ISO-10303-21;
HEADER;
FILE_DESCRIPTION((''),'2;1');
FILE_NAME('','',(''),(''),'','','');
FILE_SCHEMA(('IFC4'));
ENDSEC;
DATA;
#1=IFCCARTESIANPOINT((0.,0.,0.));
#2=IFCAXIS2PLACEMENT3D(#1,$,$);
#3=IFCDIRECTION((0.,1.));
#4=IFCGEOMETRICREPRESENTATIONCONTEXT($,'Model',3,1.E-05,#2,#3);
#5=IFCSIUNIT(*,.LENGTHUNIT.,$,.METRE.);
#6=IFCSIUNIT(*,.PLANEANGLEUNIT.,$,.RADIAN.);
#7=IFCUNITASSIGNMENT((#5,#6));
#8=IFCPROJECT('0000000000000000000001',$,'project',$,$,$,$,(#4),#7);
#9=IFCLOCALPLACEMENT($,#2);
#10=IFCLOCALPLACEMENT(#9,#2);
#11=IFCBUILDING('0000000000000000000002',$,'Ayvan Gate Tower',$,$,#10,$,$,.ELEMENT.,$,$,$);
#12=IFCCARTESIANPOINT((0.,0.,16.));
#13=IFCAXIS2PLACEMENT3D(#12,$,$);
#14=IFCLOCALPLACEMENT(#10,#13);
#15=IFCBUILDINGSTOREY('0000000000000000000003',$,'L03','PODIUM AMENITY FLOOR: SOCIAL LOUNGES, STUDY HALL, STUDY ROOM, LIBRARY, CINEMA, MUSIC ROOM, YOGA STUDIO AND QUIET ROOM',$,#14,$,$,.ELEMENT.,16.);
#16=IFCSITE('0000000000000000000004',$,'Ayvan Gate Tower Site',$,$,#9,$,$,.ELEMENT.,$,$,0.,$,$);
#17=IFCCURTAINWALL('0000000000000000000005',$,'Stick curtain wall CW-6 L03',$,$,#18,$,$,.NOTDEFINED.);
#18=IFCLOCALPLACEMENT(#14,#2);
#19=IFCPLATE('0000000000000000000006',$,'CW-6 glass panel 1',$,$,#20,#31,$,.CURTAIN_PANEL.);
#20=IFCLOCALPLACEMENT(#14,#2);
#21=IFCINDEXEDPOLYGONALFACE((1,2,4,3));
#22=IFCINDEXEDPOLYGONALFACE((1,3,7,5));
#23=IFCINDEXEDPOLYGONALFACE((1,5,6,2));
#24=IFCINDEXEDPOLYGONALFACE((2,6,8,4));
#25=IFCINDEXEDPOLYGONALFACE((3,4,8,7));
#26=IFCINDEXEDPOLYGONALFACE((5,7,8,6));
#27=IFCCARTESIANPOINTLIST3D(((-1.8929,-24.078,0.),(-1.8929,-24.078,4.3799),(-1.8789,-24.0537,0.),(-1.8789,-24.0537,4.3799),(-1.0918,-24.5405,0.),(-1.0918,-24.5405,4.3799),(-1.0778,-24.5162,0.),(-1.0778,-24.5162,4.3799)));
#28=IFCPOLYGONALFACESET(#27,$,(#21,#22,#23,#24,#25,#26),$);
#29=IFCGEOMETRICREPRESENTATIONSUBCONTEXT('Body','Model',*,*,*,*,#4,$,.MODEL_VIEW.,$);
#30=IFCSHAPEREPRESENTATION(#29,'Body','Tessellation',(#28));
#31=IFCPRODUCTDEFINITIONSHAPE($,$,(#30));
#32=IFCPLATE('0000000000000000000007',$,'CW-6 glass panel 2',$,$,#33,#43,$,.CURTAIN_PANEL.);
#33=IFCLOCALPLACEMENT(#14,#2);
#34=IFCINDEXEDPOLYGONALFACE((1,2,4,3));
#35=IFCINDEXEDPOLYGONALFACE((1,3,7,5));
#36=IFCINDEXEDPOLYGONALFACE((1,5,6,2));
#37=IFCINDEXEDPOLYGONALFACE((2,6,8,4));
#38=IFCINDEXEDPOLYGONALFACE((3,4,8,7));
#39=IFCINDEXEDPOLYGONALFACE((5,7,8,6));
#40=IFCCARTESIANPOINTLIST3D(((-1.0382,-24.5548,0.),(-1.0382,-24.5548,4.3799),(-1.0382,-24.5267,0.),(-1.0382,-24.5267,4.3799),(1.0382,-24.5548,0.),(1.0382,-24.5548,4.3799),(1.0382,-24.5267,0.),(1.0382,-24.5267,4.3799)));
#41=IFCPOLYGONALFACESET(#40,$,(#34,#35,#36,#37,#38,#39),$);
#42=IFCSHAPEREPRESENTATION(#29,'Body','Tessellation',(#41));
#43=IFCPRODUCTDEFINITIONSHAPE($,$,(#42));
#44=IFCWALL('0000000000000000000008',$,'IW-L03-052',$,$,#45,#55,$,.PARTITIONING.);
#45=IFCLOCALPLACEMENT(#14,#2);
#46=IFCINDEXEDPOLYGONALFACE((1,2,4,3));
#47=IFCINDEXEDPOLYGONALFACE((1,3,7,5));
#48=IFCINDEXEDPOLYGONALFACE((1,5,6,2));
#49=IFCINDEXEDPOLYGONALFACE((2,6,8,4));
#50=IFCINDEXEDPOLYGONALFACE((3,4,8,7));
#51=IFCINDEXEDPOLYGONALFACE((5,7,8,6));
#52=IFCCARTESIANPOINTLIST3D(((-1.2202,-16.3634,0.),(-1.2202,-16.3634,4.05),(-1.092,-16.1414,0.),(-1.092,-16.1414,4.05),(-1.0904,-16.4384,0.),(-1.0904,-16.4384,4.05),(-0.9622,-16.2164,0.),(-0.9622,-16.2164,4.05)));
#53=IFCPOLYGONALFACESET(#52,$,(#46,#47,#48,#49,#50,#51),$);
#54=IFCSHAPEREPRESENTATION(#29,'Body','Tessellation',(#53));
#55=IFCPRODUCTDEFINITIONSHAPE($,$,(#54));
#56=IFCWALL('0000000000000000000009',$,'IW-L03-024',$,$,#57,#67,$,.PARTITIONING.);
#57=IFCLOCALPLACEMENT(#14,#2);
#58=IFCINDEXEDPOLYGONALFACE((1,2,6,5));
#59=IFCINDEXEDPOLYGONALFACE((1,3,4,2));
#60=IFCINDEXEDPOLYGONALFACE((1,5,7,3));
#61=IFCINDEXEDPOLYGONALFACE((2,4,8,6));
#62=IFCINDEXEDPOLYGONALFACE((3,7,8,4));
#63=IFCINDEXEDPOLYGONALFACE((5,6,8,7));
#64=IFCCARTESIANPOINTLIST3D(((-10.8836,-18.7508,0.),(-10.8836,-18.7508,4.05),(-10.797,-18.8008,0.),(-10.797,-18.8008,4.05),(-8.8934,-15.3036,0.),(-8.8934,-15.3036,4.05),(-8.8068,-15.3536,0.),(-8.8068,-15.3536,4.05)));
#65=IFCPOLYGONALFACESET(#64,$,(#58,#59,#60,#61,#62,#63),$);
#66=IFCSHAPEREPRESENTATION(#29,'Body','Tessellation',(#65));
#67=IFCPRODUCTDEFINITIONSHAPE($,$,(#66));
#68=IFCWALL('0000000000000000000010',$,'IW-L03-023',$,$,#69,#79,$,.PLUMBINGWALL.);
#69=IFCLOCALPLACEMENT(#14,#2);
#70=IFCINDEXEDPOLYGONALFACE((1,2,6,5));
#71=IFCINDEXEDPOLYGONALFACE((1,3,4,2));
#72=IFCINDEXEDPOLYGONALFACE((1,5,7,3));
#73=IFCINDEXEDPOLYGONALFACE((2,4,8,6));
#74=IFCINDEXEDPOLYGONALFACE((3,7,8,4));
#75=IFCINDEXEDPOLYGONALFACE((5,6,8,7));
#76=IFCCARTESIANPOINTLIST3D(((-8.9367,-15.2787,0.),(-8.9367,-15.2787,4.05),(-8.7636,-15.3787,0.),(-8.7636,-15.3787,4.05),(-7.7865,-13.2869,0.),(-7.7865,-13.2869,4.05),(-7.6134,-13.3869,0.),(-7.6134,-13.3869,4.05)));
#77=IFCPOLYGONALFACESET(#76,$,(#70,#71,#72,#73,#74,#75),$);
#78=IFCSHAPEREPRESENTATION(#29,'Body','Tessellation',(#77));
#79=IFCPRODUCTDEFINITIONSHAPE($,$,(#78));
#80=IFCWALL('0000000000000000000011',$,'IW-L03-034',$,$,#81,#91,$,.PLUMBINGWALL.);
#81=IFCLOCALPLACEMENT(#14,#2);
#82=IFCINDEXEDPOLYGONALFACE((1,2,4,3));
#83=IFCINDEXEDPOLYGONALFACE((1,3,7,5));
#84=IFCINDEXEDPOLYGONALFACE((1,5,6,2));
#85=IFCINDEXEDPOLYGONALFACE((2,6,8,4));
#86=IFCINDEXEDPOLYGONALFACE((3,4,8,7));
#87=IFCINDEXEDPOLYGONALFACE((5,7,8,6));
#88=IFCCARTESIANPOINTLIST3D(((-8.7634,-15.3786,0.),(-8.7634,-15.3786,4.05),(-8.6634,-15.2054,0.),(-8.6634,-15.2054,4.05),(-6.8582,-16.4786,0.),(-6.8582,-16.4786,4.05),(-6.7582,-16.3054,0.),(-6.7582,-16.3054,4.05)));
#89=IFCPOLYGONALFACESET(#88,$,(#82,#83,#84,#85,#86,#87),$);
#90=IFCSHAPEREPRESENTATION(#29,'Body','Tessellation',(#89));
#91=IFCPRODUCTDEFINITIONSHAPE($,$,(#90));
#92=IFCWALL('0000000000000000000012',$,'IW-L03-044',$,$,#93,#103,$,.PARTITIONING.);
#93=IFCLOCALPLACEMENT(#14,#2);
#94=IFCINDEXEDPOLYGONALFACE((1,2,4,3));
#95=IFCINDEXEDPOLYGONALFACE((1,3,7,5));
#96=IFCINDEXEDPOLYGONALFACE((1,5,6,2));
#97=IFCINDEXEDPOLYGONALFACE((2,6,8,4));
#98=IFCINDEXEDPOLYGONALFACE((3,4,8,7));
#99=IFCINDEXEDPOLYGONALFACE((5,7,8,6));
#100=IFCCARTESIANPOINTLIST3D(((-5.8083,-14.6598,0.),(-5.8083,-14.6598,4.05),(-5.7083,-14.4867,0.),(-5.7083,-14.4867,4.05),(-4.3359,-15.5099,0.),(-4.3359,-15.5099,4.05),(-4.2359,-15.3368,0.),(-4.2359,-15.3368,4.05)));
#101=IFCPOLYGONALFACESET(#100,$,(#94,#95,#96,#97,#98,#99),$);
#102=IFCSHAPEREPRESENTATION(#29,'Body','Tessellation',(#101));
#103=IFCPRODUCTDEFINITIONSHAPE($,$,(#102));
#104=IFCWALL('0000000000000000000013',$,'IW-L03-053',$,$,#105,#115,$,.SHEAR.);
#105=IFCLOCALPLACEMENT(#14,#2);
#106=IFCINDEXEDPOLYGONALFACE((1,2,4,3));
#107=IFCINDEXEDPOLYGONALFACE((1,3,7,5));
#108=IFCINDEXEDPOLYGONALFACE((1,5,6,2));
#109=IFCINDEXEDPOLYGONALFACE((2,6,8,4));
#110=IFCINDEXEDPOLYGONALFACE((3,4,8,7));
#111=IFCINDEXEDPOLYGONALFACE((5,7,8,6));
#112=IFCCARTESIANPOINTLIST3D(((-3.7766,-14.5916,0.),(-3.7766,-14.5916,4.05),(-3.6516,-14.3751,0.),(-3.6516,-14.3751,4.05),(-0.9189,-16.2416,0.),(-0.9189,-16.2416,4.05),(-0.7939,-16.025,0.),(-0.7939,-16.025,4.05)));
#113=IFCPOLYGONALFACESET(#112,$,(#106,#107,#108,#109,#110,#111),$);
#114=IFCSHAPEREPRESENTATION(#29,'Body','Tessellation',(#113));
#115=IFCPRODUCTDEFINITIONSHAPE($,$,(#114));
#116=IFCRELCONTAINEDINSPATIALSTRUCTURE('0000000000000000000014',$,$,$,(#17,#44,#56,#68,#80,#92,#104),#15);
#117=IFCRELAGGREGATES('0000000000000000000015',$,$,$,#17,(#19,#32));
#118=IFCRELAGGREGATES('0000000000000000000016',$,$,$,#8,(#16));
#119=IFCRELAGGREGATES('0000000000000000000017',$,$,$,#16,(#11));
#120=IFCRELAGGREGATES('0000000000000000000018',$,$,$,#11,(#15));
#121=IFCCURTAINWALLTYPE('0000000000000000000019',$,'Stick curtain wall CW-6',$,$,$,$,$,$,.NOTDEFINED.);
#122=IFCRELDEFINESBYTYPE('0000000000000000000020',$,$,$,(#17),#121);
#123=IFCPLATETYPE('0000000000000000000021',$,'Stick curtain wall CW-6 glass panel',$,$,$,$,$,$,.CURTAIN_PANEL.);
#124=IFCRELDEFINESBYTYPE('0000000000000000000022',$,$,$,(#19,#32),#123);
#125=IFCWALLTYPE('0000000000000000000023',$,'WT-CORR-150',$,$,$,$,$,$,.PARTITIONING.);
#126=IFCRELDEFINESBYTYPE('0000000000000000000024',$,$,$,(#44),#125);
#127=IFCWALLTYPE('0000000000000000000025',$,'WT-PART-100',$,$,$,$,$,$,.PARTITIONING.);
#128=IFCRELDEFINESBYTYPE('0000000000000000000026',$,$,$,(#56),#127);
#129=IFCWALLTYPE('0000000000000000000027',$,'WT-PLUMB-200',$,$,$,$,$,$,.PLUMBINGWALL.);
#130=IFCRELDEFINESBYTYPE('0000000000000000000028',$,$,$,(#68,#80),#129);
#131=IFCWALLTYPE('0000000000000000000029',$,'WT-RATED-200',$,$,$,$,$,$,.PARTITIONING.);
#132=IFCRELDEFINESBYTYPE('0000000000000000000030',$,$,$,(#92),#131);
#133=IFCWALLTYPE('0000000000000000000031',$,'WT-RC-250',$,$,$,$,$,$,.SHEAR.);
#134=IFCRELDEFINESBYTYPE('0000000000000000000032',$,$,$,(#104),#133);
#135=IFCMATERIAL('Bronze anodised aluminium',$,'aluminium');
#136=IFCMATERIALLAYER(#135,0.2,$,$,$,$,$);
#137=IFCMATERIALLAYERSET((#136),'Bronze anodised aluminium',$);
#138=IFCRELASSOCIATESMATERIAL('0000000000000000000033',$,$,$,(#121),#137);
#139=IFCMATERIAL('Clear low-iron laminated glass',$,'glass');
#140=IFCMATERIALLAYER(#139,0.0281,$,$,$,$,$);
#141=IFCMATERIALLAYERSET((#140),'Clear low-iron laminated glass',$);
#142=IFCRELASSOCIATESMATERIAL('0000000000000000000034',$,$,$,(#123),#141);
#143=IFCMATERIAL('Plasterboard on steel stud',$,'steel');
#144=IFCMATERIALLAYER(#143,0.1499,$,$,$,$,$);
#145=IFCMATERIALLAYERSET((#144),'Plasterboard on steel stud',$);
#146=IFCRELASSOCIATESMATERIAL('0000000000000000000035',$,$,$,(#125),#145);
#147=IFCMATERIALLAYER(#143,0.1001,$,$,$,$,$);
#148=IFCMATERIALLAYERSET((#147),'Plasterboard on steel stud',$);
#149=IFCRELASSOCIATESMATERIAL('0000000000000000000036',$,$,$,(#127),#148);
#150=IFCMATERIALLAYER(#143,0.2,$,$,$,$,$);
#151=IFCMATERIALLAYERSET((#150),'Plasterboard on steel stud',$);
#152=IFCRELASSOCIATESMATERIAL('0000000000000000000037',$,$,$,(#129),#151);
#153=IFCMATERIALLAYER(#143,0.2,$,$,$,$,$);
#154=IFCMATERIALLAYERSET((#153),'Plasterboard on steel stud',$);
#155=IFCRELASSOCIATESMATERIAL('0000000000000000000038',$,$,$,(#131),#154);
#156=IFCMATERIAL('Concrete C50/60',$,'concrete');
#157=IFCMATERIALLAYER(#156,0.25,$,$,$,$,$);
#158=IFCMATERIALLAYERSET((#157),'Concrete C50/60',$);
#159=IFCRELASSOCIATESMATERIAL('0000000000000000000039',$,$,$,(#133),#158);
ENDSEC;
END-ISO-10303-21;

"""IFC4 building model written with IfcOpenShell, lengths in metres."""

from ifc_helpers import new_model, si_unit, direction, frame, frame_2d, origin, origin_2d, place, context, subcontext, project, spatial, rectangle, extrude, material, layer, layer_set, type_object, element, aggregate, save


model = new_model("IFC4")

# Units and contexts
model_context = context("Model", 3, precision=1e-05, world=origin(), true_north=direction((0.0, 1.0)))
body_context = subcontext(model_context, "Body", "Model", "MODEL_VIEW")
ifc_project = project(units=[si_unit("LENGTHUNIT", "METRE"), si_unit("PLANEANGLEUNIT", "RADIAN")], contexts=[model_context])

# Site, building, storey
site_placement = place(None, origin())
site = spatial("IfcSite", under=ifc_project, at=site_placement, Name="Ayvan Gate Tower Site", CompositionType="ELEMENT", RefElevation=0.0)
building_placement = place(site_placement, origin())
building = spatial("IfcBuilding", under=site, at=building_placement, Name="Ayvan Gate Tower", CompositionType="ELEMENT")
storey_placement = place(building_placement, frame((0.0, 0.0, 16.0)))
storey = spatial("IfcBuildingStorey", under=building, at=storey_placement, Name="L03", Description="PODIUM AMENITY FLOOR: SOCIAL LOUNGES, STUDY HALL, STUDY ROOM, LIBRARY, CINEMA, MUSIC ROOM, YOGA STUDIO AND QUIET ROOM", CompositionType="ELEMENT", Elevation=16.0)

# Curtain wall
ifc_material_1 = material(Name="Bronze anodised aluminium", Category="aluminium")
ifc_layer_1 = layer(ifc_material_1, 0.2)
ifc_layer_set_1 = layer_set([ifc_layer_1], Name="Bronze anodised aluminium")
curtain_wall_type_1 = type_object("IfcCurtainWallType", Name="Stick curtain wall CW-6", PredefinedType="NOTDEFINED", material=ifc_layer_set_1)
curtain_wall_1_placement = place(storey_placement, origin())
curtain_wall_1 = element("IfcCurtainWall", 1, at=curtain_wall_1_placement, inside=storey, type_object=curtain_wall_type_1, Name="Stick curtain wall CW-6 L03", PredefinedType="NOTDEFINED")

# Plates
ifc_material_2 = material(Name="Clear low-iron laminated glass", Category="glass")
ifc_layer_2 = layer(ifc_material_2, 0.0281)
ifc_layer_set_2 = layer_set([ifc_layer_2], Name="Clear low-iron laminated glass")
plate_type_1 = type_object("IfcPlateType", Name="Stick curtain wall CW-6 glass panel", PredefinedType="CURTAIN_PANEL", material=ifc_layer_set_2)
plate_1_placement = place(storey_placement, frame((-1.4854, -24.2971, 0.0), z_axis=(0.0, 0.0, 1.0), x_axis=(0.866025, -0.5, 0.0)))
plate_1 = element("IfcPlate", 2, at=plate_1_placement, type_object=plate_type_1, Name="CW-6 glass panel 1", PredefinedType="CURTAIN_PANEL", context=body_context, shape_type="SweptSolid", body=[
    extrude(rectangle(XDim=0.925, YDim=0.0281, at=origin_2d()), origin(), (0.0, 0.0, 1.0), 4.3799),
])
plate_2_placement = place(storey_placement, frame((0.0, -24.5408, 0.0), z_axis=(0.0, 0.0, 1.0), x_axis=(1.0, 0.0, 0.0)))
plate_2 = element("IfcPlate", 3, at=plate_2_placement, type_object=plate_type_1, Name="CW-6 glass panel 2", PredefinedType="CURTAIN_PANEL", context=body_context, shape_type="SweptSolid", body=[
    extrude(rectangle(XDim=2.0764, YDim=0.0281, at=origin_2d()), origin(), (0.0, 0.0, 1.0), 4.3799),
])
aggregate(curtain_wall_1, [plate_1, plate_2])

# Walls
ifc_material_3 = material(Name="Plasterboard on steel stud", Category="steel")
ifc_layer_3 = layer(ifc_material_3, 0.1499)
ifc_layer_set_3 = layer_set([ifc_layer_3], Name="Plasterboard on steel stud")
wall_type_1 = type_object("IfcWallType", Name="WT-CORR-150", PredefinedType="PARTITIONING", material=ifc_layer_set_3)
wall_1_placement = place(storey_placement, frame((-1.1553, -16.4009, 0.0), z_axis=(0.0, 0.0, 1.0), x_axis=(0.500135, 0.865948, 0.0)))
element("IfcWall", 4, at=wall_1_placement, inside=storey, type_object=wall_type_1, Name="IW-L03-052", PredefinedType="PARTITIONING", context=body_context, shape_type="SweptSolid", body=[
    extrude(rectangle(XDim=0.2563, YDim=0.1499, at=frame_2d((0.1282, 0.0))), origin(), (0.0, 0.0, 1.0), 4.05),
])
ifc_layer_4 = layer(ifc_material_3, 0.1001)
ifc_layer_set_4 = layer_set([ifc_layer_4], Name="Plasterboard on steel stud")
wall_type_2 = type_object("IfcWallType", Name="WT-PART-100", PredefinedType="PARTITIONING", material=ifc_layer_set_4)
wall_2_placement = place(storey_placement, frame((-8.8501, -15.3286, 0.0), z_axis=(0.0, 0.0, 1.0), x_axis=(-0.499991, -0.86603, 0.0)))
element("IfcWall", 5, at=wall_2_placement, inside=storey, type_object=wall_type_2, Name="IW-L03-024", PredefinedType="PARTITIONING", context=body_context, shape_type="SweptSolid", body=[
    extrude(rectangle(XDim=3.9805, YDim=0.1001, at=frame_2d((1.9902, 0.0))), origin(), (0.0, 0.0, 1.0), 4.05),
])
ifc_layer_5 = layer(ifc_material_3, 0.2)
ifc_layer_set_5 = layer_set([ifc_layer_5], Name="Plasterboard on steel stud")
wall_type_3 = type_object("IfcWallType", Name="WT-PLUMB-200", PredefinedType="PLUMBINGWALL", material=ifc_layer_set_5)
wall_3_placement = place(storey_placement, frame((-8.8501, -15.3286, 0.0), z_axis=(0.0, 0.0, 1.0), x_axis=(0.500078, 0.865981, 0.0)))
element("IfcWall", 6, at=wall_3_placement, inside=storey, type_object=wall_type_3, Name="IW-L03-023", PredefinedType="PLUMBINGWALL", context=body_context, shape_type="SweptSolid", body=[
    extrude(rectangle(XDim=2.3, YDim=0.2, at=frame_2d((1.1499, 0.0))), origin(), (0.0, 0.0, 1.0), 4.05),
])
wall_4_placement = place(storey_placement, frame((-6.8081, -16.3921, 0.0), z_axis=(0.0, 0.0, 1.0), x_axis=(-0.866008, 0.50003, 0.0)))
element("IfcWall", 7, at=wall_4_placement, inside=storey, type_object=wall_type_3, Name="IW-L03-034", PredefinedType="PLUMBINGWALL", context=body_context, shape_type="SweptSolid", body=[
    extrude(rectangle(XDim=2.2, YDim=0.2, at=frame_2d((1.1001, 0.0))), origin(), (0.0, 0.0, 1.0), 4.05),
])
ifc_layer_6 = layer(ifc_material_3, 0.2)
ifc_layer_set_6 = layer_set([ifc_layer_6], Name="Plasterboard on steel stud")
wall_type_4 = type_object("IfcWallType", Name="WT-RATED-200", PredefinedType="PARTITIONING", material=ifc_layer_set_6)
wall_5_placement = place(storey_placement, frame((-4.2859, -15.4233, 0.0), z_axis=(0.0, 0.0, 1.0), x_axis=(-0.866025, 0.5, 0.0)))
element("IfcWall", 8, at=wall_5_placement, inside=storey, type_object=wall_type_4, Name="IW-L03-044", PredefinedType="PARTITIONING", context=body_context, shape_type="SweptSolid", body=[
    extrude(rectangle(XDim=1.7002, YDim=0.2, at=frame_2d((0.8501, 0.0))), origin(), (0.0, 0.0, 1.0), 4.05),
])
ifc_material_4 = material(Name="Concrete C50/60", Category="concrete")
ifc_layer_7 = layer(ifc_material_4, 0.25)
ifc_layer_set_7 = layer_set([ifc_layer_7], Name="Concrete C50/60")
wall_type_5 = type_object("IfcWallType", Name="WT-RC-250", PredefinedType="SHEAR", material=ifc_layer_set_7)
wall_6_placement = place(storey_placement, frame((-0.8564, -16.1333, 0.0), z_axis=(0.0, 0.0, 1.0), x_axis=(-0.866022, 0.500006, 0.0)))
element("IfcWall", 9, at=wall_6_placement, inside=storey, type_object=wall_type_5, Name="IW-L03-053", PredefinedType="SHEAR", context=body_context, shape_type="SweptSolid", body=[
    extrude(rectangle(XDim=3.2998, YDim=0.25, at=frame_2d((1.6499, 0.0))), origin(), (0.0, 0.0, 1.0), 4.05),
])

save(model, "model.ifc")
